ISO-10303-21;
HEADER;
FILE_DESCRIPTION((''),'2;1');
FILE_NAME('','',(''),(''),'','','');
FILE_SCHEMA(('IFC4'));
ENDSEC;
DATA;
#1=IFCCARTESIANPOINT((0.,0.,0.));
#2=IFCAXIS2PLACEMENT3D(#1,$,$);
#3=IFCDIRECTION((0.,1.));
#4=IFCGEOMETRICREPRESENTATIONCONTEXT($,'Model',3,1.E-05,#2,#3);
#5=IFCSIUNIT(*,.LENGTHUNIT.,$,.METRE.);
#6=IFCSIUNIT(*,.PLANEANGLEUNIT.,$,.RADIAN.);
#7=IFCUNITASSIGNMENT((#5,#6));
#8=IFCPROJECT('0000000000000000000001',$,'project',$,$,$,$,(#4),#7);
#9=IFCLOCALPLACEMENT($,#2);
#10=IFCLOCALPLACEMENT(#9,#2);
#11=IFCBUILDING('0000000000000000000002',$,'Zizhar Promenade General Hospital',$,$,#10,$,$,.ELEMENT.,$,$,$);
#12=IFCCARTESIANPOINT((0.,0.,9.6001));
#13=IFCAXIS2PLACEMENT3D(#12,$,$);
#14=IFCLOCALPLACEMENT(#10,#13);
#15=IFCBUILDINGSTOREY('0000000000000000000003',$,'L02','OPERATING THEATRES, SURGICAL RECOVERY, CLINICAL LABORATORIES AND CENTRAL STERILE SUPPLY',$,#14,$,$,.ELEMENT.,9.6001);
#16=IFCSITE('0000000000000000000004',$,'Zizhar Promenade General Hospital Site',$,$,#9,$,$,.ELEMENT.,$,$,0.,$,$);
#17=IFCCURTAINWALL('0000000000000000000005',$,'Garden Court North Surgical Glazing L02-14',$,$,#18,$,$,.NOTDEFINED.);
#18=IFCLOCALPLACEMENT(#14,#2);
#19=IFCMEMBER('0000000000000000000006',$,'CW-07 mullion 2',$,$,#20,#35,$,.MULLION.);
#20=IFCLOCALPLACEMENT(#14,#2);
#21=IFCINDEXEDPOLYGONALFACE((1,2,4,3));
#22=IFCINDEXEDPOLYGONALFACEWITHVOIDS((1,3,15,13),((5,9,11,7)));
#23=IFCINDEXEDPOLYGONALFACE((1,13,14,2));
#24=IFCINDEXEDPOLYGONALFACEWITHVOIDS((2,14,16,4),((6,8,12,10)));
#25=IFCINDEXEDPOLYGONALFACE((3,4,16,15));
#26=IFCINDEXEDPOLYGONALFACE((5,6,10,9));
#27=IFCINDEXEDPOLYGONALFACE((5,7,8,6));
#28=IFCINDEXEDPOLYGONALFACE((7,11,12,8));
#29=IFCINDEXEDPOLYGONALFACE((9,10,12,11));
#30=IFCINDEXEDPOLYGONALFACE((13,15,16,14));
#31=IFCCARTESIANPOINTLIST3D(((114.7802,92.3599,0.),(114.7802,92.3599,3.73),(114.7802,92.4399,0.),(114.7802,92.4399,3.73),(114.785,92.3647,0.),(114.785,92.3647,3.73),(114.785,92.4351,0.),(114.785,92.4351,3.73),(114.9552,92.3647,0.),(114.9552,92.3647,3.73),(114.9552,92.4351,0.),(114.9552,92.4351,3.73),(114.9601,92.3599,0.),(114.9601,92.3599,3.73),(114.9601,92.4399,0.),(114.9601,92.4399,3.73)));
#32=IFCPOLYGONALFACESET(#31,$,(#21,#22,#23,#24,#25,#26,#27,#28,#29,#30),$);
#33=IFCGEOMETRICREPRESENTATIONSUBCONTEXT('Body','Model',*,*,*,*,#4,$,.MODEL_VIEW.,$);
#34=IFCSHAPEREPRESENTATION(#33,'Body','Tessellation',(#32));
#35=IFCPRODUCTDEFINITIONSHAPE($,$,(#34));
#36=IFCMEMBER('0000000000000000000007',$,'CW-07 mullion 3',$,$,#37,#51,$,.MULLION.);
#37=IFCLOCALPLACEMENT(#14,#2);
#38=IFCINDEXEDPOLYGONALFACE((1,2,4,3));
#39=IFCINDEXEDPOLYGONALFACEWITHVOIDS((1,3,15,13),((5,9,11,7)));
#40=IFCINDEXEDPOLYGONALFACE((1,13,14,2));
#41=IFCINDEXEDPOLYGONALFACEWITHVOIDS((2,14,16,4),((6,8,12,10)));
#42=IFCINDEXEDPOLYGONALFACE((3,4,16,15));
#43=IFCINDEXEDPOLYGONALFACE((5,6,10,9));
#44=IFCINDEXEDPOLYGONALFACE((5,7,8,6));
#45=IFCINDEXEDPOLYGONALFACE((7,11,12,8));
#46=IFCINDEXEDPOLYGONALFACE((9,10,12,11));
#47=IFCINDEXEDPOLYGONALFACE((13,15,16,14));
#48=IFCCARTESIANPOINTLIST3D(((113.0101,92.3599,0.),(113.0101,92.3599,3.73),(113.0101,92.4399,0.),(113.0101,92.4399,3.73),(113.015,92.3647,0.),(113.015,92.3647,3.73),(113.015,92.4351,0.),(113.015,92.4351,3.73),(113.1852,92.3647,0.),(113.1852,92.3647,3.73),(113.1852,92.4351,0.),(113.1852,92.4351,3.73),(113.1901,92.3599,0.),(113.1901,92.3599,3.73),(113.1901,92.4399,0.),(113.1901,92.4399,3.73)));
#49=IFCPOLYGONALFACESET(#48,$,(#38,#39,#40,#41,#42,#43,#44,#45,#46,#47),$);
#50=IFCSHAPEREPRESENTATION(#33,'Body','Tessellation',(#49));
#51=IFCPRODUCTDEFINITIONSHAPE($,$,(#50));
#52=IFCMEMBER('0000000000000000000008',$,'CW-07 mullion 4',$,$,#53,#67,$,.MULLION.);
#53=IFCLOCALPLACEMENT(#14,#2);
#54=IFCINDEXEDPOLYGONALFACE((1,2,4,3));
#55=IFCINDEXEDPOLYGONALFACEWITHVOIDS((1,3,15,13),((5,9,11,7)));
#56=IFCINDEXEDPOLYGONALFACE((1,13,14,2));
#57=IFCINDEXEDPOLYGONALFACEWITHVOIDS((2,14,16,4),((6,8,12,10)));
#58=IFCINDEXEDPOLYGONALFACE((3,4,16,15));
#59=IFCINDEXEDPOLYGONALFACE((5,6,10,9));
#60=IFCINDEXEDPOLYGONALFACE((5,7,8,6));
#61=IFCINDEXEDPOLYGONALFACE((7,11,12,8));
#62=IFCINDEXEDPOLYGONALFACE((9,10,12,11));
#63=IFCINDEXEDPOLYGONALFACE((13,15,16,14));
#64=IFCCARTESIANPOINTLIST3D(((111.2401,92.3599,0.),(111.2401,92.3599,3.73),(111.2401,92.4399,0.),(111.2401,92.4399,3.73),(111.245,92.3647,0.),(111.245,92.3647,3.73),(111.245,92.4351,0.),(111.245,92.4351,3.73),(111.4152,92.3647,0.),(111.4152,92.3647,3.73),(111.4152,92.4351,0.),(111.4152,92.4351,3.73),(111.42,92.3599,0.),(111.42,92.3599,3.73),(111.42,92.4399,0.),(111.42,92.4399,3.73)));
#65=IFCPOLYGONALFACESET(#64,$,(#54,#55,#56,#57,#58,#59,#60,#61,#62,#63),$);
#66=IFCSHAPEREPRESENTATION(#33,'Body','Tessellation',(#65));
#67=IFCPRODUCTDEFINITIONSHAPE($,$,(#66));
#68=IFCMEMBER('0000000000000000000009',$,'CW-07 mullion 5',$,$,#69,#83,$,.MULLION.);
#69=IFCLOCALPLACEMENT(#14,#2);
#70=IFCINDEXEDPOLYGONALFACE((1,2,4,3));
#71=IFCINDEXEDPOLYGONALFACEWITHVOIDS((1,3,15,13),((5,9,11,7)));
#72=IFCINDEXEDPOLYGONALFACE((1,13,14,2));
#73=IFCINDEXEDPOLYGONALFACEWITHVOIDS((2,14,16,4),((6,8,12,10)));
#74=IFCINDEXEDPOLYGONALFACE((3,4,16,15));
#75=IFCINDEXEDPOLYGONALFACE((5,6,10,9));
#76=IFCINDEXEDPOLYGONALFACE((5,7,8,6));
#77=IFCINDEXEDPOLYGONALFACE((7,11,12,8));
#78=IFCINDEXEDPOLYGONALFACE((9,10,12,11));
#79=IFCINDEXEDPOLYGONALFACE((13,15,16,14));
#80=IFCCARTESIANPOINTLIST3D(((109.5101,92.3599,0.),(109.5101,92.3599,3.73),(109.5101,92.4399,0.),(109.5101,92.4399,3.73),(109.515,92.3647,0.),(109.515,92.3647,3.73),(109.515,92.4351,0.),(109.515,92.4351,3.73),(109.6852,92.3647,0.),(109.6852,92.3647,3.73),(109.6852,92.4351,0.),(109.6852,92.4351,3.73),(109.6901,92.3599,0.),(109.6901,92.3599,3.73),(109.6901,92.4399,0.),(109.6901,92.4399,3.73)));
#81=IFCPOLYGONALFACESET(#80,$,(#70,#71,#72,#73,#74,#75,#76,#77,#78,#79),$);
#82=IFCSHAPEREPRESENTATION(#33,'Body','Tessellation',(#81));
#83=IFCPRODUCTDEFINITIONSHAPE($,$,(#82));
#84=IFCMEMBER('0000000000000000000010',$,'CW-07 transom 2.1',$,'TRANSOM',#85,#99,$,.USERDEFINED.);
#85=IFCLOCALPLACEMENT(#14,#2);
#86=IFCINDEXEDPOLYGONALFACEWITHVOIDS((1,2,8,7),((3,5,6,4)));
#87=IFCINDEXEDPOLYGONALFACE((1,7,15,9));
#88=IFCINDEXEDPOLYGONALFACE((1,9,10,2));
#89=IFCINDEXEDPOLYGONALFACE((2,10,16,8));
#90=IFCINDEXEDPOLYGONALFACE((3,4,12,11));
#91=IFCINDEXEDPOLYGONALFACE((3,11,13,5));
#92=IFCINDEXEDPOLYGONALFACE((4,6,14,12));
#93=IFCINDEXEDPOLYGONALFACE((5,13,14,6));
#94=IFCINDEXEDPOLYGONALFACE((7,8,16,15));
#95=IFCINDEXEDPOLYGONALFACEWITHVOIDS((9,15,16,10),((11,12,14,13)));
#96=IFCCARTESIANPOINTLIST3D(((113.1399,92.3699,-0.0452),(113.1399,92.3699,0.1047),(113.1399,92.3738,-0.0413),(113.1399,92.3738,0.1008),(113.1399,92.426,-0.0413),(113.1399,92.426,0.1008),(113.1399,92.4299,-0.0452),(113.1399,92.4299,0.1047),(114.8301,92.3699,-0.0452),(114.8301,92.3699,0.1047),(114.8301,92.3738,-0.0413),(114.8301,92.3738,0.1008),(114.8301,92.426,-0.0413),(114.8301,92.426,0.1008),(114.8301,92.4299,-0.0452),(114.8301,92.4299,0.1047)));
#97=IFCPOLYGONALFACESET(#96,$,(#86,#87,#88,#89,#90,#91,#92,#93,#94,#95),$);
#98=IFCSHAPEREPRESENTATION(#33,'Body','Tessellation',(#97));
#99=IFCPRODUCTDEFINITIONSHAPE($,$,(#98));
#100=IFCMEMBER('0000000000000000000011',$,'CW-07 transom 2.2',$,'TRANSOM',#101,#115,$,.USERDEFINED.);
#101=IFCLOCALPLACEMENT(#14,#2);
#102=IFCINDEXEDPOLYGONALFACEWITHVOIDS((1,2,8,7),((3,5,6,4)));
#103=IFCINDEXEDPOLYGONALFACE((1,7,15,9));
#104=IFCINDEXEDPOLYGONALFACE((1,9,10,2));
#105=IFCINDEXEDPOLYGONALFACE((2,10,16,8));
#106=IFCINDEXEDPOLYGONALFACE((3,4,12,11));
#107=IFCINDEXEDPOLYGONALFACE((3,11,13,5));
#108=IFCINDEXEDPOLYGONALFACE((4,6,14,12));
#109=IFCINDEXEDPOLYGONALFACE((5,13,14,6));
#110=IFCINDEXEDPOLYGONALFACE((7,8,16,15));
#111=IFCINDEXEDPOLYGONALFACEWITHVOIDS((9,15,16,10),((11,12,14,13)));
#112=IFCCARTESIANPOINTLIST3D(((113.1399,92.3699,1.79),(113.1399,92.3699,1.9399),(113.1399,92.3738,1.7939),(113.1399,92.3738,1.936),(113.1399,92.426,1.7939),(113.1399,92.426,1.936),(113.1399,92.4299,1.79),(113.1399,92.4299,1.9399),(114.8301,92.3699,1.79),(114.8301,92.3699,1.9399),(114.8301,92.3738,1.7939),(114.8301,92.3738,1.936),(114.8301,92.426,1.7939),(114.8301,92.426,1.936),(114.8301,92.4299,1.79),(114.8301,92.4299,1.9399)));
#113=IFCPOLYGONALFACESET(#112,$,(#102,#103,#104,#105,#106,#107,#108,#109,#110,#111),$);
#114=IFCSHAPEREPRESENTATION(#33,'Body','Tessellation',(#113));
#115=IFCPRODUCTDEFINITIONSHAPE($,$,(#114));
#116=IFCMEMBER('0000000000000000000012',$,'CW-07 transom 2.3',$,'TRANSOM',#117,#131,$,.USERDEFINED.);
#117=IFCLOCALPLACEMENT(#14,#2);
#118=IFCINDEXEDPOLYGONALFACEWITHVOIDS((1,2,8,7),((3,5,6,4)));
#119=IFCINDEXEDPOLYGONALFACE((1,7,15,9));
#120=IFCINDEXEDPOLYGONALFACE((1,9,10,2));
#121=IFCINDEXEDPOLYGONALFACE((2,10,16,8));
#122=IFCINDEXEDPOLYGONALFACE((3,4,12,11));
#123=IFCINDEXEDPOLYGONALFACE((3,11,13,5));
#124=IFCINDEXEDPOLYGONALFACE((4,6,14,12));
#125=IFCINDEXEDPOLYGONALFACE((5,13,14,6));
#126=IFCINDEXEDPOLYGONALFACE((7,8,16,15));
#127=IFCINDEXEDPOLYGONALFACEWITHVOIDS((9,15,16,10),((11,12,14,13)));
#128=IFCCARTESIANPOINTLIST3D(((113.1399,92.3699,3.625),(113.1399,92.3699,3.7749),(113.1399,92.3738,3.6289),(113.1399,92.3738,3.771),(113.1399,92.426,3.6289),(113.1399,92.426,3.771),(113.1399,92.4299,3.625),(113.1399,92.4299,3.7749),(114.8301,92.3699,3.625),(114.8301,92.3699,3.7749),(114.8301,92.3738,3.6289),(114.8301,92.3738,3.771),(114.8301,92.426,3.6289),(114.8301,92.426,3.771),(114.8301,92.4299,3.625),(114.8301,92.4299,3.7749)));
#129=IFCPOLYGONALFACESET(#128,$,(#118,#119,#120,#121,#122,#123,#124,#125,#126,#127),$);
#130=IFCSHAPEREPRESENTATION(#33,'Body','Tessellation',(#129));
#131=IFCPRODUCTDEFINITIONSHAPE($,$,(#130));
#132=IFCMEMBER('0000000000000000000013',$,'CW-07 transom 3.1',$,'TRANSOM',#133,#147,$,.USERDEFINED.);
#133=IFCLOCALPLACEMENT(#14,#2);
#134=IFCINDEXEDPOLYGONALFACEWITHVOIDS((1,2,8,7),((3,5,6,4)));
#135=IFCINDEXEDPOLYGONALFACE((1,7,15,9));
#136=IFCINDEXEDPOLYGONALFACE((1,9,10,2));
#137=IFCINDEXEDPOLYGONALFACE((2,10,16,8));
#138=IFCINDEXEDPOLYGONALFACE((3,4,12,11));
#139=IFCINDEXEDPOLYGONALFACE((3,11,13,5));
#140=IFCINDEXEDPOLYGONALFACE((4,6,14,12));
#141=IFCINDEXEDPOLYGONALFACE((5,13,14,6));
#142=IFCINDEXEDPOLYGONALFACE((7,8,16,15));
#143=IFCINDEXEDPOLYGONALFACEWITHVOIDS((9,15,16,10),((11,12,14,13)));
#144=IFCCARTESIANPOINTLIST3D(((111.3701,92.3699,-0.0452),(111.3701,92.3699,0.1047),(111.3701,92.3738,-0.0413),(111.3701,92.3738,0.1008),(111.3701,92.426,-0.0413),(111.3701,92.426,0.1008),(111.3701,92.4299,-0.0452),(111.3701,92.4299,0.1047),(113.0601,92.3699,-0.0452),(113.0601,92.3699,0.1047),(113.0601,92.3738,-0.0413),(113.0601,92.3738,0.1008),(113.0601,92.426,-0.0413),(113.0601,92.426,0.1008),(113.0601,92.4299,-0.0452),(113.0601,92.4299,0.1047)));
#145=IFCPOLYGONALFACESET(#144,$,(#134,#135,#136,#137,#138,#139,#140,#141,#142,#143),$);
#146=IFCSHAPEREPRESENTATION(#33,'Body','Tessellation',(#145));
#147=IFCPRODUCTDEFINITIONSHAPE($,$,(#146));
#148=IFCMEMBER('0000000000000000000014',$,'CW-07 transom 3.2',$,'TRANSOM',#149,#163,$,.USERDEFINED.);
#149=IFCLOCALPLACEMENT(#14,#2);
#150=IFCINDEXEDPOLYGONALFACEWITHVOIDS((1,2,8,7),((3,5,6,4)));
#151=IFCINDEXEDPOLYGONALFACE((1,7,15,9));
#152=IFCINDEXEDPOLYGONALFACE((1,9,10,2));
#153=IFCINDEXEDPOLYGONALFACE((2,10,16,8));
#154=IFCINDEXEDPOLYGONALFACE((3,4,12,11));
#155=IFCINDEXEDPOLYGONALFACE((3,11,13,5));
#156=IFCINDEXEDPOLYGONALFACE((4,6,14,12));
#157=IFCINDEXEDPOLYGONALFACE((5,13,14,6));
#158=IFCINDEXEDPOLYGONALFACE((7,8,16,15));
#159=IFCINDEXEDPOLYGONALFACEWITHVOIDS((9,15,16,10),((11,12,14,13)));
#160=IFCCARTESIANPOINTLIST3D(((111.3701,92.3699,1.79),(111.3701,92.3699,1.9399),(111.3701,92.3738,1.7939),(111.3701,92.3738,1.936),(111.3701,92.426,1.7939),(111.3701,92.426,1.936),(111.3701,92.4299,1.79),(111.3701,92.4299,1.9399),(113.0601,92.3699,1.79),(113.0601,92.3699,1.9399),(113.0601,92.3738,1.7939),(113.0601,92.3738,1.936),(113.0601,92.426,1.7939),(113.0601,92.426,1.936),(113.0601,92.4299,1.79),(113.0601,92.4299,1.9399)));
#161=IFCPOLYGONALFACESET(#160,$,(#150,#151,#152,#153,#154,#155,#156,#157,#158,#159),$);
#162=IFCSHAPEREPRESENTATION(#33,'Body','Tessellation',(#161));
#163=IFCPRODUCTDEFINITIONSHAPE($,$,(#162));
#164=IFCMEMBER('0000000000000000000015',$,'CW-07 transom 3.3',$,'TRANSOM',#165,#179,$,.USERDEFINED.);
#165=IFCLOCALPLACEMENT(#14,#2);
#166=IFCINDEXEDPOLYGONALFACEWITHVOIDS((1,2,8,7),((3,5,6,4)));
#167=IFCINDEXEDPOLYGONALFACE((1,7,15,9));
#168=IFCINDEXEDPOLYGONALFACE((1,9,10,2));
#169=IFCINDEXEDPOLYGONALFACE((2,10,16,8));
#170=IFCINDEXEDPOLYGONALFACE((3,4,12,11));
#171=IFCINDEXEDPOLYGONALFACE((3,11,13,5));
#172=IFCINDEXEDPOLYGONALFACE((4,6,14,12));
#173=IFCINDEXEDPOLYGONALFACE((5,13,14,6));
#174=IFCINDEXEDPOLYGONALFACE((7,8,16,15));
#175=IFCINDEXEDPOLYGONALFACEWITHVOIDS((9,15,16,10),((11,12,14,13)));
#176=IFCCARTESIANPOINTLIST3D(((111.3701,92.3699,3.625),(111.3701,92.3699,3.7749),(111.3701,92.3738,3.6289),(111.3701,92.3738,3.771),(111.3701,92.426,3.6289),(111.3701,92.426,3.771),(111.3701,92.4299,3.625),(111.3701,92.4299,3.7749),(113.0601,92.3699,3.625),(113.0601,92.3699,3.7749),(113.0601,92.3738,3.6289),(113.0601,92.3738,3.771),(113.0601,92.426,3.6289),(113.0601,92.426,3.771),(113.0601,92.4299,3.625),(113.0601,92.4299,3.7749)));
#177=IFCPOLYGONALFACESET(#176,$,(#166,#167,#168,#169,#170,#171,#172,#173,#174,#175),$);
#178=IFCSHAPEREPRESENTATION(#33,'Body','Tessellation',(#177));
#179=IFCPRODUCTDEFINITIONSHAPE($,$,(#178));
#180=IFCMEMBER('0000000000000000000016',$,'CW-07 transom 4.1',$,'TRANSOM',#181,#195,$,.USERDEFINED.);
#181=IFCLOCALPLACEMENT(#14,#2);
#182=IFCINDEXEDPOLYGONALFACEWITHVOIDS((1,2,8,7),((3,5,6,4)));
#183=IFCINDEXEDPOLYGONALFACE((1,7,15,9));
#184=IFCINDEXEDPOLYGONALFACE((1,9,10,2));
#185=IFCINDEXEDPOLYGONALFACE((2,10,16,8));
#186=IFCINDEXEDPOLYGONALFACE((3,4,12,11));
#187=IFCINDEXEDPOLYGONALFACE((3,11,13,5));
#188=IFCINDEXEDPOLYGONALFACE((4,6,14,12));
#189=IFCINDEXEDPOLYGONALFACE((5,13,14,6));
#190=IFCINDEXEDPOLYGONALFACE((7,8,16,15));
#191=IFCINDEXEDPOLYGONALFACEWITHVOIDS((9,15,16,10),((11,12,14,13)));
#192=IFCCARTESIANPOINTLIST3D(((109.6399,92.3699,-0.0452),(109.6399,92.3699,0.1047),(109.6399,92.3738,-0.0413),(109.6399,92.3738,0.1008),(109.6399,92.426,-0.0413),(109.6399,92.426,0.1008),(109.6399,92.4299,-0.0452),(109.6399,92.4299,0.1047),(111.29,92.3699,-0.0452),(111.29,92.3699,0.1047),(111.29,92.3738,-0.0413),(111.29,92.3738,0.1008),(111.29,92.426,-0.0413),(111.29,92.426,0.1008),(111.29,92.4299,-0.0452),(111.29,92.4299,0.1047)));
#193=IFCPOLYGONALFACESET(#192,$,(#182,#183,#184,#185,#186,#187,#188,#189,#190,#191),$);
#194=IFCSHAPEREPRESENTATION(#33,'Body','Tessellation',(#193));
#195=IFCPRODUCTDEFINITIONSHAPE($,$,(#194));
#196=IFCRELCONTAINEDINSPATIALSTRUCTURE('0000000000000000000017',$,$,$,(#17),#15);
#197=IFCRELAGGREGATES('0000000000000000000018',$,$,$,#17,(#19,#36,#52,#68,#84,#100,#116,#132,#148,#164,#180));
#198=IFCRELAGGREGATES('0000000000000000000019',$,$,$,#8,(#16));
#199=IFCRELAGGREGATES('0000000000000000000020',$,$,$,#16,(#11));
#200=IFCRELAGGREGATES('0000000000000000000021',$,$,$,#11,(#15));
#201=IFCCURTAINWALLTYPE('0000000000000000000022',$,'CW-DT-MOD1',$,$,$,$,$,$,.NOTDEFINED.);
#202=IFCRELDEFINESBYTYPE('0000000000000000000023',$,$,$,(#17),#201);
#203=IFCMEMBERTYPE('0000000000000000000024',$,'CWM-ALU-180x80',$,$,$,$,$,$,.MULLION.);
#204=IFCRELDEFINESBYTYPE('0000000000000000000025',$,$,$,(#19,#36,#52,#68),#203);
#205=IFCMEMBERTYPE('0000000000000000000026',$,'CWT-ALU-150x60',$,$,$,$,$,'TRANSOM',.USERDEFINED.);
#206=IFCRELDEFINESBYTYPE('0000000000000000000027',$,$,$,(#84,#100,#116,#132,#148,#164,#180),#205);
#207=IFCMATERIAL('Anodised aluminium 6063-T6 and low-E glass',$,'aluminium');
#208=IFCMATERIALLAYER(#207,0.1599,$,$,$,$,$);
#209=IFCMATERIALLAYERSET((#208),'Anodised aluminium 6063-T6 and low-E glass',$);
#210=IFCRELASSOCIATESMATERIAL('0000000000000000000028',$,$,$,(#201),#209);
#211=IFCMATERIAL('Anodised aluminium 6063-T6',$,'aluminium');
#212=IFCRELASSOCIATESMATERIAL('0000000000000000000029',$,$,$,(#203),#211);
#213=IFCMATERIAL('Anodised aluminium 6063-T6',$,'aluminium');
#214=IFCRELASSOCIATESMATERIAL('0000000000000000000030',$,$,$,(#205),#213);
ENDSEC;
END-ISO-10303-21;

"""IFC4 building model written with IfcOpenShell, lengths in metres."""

from ifc_helpers import new_model, si_unit, direction, frame, origin, origin_2d, place, context, subcontext, project, spatial, hollow_rectangle, extrude, material, layer, layer_set, material_profile, profile_set, type_object, element, aggregate, save


model = new_model("IFC4")

# Units and contexts
model_context = context("Model", 3, precision=1e-05, world=origin(), true_north=direction((0.0, 1.0)))
body_context = subcontext(model_context, "Body", "Model", "MODEL_VIEW")
ifc_project = project(units=[si_unit("LENGTHUNIT", "METRE"), si_unit("PLANEANGLEUNIT", "RADIAN")], contexts=[model_context])

# Site, building, storey
site_placement = place(None, origin())
site = spatial("IfcSite", under=ifc_project, at=site_placement, Name="Zizhar Promenade General Hospital Site", CompositionType="ELEMENT", RefElevation=0.0)
building_placement = place(site_placement, origin())
building = spatial("IfcBuilding", under=site, at=building_placement, Name="Zizhar Promenade General Hospital", CompositionType="ELEMENT")
storey_placement = place(building_placement, frame((0.0, 0.0, 9.6001)))
storey = spatial("IfcBuildingStorey", under=building, at=storey_placement, Name="L02", Description="OPERATING THEATRES, SURGICAL RECOVERY, CLINICAL LABORATORIES AND CENTRAL STERILE SUPPLY", CompositionType="ELEMENT", Elevation=9.6001)

# Curtain wall, members
ifc_material_1 = material(Name="Anodised aluminium 6063-T6 and low-E glass", Category="aluminium")
ifc_layer_1 = layer(ifc_material_1, 0.1599)
ifc_layer_set_1 = layer_set([ifc_layer_1], Name="Anodised aluminium 6063-T6 and low-E glass")
curtain_wall_type = type_object("IfcCurtainWallType", Name="CW-DT-MOD1", PredefinedType="NOTDEFINED", material=ifc_layer_set_1)
curtain_wall_placement = place(storey_placement, origin())
curtain_wall = element("IfcCurtainWall", 1, at=curtain_wall_placement, inside=storey, type_object=curtain_wall_type, Name="Garden Court North Surgical Glazing L02-14", PredefinedType="NOTDEFINED")
ifc_material_2 = material(Name="Anodised aluminium 6063-T6", Category="aluminium")
ifc_material_profile_1 = material_profile(ifc_material_2, hollow_rectangle(XDim=0.0801, YDim=0.1799, WallThickness=0.0049, at=origin_2d()))
ifc_profile_set_1 = profile_set([ifc_material_profile_1], Name="Anodised aluminium 6063-T6")
member_type_1 = type_object("IfcMemberType", Name="CWM-ALU-180x80", PredefinedType="MULLION", material=ifc_profile_set_1)
member_1_placement = place(storey_placement, frame((114.8701, 92.3999, 0.0), z_axis=(0.0, 0.0, 1.0), x_axis=(0.0, -1.0, 0.0)))
member_1 = element("IfcMember", 2, at=member_1_placement, type_object=member_type_1, Name="CW-07 mullion 2", PredefinedType="MULLION", context=body_context, shape_type="SweptSolid", body=[
    extrude(hollow_rectangle(XDim=0.0801, YDim=0.1799, WallThickness=0.0049, at=origin_2d()), origin(), (0.0, 0.0, 1.0), 3.73),
])
member_2_placement = place(storey_placement, frame((113.1001, 92.3999, 0.0), z_axis=(0.0, 0.0, 1.0), x_axis=(0.0, -1.0, 0.0)))
member_2 = element("IfcMember", 3, at=member_2_placement, type_object=member_type_1, Name="CW-07 mullion 3", PredefinedType="MULLION", context=body_context, shape_type="SweptSolid", body=[
    extrude(hollow_rectangle(XDim=0.0801, YDim=0.1799, WallThickness=0.0049, at=origin_2d()), origin(), (0.0, 0.0, 1.0), 3.73),
])
member_3_placement = place(storey_placement, frame((111.3301, 92.3999, 0.0), z_axis=(0.0, 0.0, 1.0), x_axis=(0.0, -1.0, 0.0)))
member_3 = element("IfcMember", 4, at=member_3_placement, type_object=member_type_1, Name="CW-07 mullion 4", PredefinedType="MULLION", context=body_context, shape_type="SweptSolid", body=[
    extrude(hollow_rectangle(XDim=0.0801, YDim=0.1799, WallThickness=0.0049, at=origin_2d()), origin(), (0.0, 0.0, 1.0), 3.73),
])
member_4_placement = place(storey_placement, frame((109.6001, 92.3999, 0.0), z_axis=(0.0, 0.0, 1.0), x_axis=(0.0, -1.0, 0.0)))
member_4 = element("IfcMember", 5, at=member_4_placement, type_object=member_type_1, Name="CW-07 mullion 5", PredefinedType="MULLION", context=body_context, shape_type="SweptSolid", body=[
    extrude(hollow_rectangle(XDim=0.0801, YDim=0.1799, WallThickness=0.0049, at=origin_2d()), origin(), (0.0, 0.0, 1.0), 3.73),
])
ifc_material_3 = material(Name="Anodised aluminium 6063-T6", Category="aluminium")
ifc_material_profile_2 = material_profile(ifc_material_3, hollow_rectangle(XDim=0.0601, YDim=0.1499, WallThickness=0.0039, at=origin_2d()))
ifc_profile_set_2 = profile_set([ifc_material_profile_2], Name="Anodised aluminium 6063-T6")
member_type_2 = type_object("IfcMemberType", Name="CWT-ALU-150x60", ElementType="TRANSOM", PredefinedType="USERDEFINED", material=ifc_profile_set_2)
member_5_placement = place(storey_placement, frame((114.8301, 92.3999, 0.0298), z_axis=(-1.0, 0.0, 0.0), x_axis=(0.0, -1.0, 0.0)))
member_5 = element("IfcMember", 6, at=member_5_placement, type_object=member_type_2, Name="CW-07 transom 2.1", ObjectType="TRANSOM", PredefinedType="USERDEFINED", context=body_context, shape_type="SweptSolid", body=[
    extrude(hollow_rectangle(XDim=0.0601, YDim=0.1499, WallThickness=0.0039, at=origin_2d()), origin(), (0.0, 0.0, 1.0), 1.6902),
])
member_6_placement = place(storey_placement, frame((114.8301, 92.3999, 1.865), z_axis=(-1.0, 0.0, 0.0), x_axis=(0.0, -1.0, 0.0)))
member_6 = element("IfcMember", 7, at=member_6_placement, type_object=member_type_2, Name="CW-07 transom 2.2", ObjectType="TRANSOM", PredefinedType="USERDEFINED", context=body_context, shape_type="SweptSolid", body=[
    extrude(hollow_rectangle(XDim=0.0601, YDim=0.1499, WallThickness=0.0039, at=origin_2d()), origin(), (0.0, 0.0, 1.0), 1.6902),
])
member_7_placement = place(storey_placement, frame((114.8301, 92.3999, 3.7), z_axis=(-1.0, 0.0, 0.0), x_axis=(0.0, -1.0, 0.0)))
member_7 = element("IfcMember", 8, at=member_7_placement, type_object=member_type_2, Name="CW-07 transom 2.3", ObjectType="TRANSOM", PredefinedType="USERDEFINED", context=body_context, shape_type="SweptSolid", body=[
    extrude(hollow_rectangle(XDim=0.0601, YDim=0.1499, WallThickness=0.0039, at=origin_2d()), origin(), (0.0, 0.0, 1.0), 1.6902),
])
member_8_placement = place(storey_placement, frame((113.0601, 92.3999, 0.0298), z_axis=(-1.0, 0.0, 0.0), x_axis=(0.0, -1.0, 0.0)))
member_8 = element("IfcMember", 9, at=member_8_placement, type_object=member_type_2, Name="CW-07 transom 3.1", ObjectType="TRANSOM", PredefinedType="USERDEFINED", context=body_context, shape_type="SweptSolid", body=[
    extrude(hollow_rectangle(XDim=0.0601, YDim=0.1499, WallThickness=0.0039, at=origin_2d()), origin(), (0.0, 0.0, 1.0), 1.6899),
])
member_9_placement = place(storey_placement, frame((113.0601, 92.3999, 1.865), z_axis=(-1.0, 0.0, 0.0), x_axis=(0.0, -1.0, 0.0)))
member_9 = element("IfcMember", 10, at=member_9_placement, type_object=member_type_2, Name="CW-07 transom 3.2", ObjectType="TRANSOM", PredefinedType="USERDEFINED", context=body_context, shape_type="SweptSolid", body=[
    extrude(hollow_rectangle(XDim=0.0601, YDim=0.1499, WallThickness=0.0039, at=origin_2d()), origin(), (0.0, 0.0, 1.0), 1.6899),
])
member_10_placement = place(storey_placement, frame((113.0601, 92.3999, 3.7), z_axis=(-1.0, 0.0, 0.0), x_axis=(0.0, -1.0, 0.0)))
member_10 = element("IfcMember", 11, at=member_10_placement, type_object=member_type_2, Name="CW-07 transom 3.3", ObjectType="TRANSOM", PredefinedType="USERDEFINED", context=body_context, shape_type="SweptSolid", body=[
    extrude(hollow_rectangle(XDim=0.0601, YDim=0.1499, WallThickness=0.0039, at=origin_2d()), origin(), (0.0, 0.0, 1.0), 1.6899),
])
member_11_placement = place(storey_placement, frame((111.29, 92.3999, 0.0298), z_axis=(-1.0, 0.0, 0.0), x_axis=(0.0, -1.0, 0.0)))
member_11 = element("IfcMember", 12, at=member_11_placement, type_object=member_type_2, Name="CW-07 transom 4.1", ObjectType="TRANSOM", PredefinedType="USERDEFINED", context=body_context, shape_type="SweptSolid", body=[
    extrude(hollow_rectangle(XDim=0.0601, YDim=0.1499, WallThickness=0.0039, at=origin_2d()), origin(), (0.0, 0.0, 1.0), 1.6501),
])
aggregate(curtain_wall, [member_1, member_2, member_3, member_4, member_5, member_6, member_7, member_8, member_9, member_10, member_11])

save(model, "model.ifc")
